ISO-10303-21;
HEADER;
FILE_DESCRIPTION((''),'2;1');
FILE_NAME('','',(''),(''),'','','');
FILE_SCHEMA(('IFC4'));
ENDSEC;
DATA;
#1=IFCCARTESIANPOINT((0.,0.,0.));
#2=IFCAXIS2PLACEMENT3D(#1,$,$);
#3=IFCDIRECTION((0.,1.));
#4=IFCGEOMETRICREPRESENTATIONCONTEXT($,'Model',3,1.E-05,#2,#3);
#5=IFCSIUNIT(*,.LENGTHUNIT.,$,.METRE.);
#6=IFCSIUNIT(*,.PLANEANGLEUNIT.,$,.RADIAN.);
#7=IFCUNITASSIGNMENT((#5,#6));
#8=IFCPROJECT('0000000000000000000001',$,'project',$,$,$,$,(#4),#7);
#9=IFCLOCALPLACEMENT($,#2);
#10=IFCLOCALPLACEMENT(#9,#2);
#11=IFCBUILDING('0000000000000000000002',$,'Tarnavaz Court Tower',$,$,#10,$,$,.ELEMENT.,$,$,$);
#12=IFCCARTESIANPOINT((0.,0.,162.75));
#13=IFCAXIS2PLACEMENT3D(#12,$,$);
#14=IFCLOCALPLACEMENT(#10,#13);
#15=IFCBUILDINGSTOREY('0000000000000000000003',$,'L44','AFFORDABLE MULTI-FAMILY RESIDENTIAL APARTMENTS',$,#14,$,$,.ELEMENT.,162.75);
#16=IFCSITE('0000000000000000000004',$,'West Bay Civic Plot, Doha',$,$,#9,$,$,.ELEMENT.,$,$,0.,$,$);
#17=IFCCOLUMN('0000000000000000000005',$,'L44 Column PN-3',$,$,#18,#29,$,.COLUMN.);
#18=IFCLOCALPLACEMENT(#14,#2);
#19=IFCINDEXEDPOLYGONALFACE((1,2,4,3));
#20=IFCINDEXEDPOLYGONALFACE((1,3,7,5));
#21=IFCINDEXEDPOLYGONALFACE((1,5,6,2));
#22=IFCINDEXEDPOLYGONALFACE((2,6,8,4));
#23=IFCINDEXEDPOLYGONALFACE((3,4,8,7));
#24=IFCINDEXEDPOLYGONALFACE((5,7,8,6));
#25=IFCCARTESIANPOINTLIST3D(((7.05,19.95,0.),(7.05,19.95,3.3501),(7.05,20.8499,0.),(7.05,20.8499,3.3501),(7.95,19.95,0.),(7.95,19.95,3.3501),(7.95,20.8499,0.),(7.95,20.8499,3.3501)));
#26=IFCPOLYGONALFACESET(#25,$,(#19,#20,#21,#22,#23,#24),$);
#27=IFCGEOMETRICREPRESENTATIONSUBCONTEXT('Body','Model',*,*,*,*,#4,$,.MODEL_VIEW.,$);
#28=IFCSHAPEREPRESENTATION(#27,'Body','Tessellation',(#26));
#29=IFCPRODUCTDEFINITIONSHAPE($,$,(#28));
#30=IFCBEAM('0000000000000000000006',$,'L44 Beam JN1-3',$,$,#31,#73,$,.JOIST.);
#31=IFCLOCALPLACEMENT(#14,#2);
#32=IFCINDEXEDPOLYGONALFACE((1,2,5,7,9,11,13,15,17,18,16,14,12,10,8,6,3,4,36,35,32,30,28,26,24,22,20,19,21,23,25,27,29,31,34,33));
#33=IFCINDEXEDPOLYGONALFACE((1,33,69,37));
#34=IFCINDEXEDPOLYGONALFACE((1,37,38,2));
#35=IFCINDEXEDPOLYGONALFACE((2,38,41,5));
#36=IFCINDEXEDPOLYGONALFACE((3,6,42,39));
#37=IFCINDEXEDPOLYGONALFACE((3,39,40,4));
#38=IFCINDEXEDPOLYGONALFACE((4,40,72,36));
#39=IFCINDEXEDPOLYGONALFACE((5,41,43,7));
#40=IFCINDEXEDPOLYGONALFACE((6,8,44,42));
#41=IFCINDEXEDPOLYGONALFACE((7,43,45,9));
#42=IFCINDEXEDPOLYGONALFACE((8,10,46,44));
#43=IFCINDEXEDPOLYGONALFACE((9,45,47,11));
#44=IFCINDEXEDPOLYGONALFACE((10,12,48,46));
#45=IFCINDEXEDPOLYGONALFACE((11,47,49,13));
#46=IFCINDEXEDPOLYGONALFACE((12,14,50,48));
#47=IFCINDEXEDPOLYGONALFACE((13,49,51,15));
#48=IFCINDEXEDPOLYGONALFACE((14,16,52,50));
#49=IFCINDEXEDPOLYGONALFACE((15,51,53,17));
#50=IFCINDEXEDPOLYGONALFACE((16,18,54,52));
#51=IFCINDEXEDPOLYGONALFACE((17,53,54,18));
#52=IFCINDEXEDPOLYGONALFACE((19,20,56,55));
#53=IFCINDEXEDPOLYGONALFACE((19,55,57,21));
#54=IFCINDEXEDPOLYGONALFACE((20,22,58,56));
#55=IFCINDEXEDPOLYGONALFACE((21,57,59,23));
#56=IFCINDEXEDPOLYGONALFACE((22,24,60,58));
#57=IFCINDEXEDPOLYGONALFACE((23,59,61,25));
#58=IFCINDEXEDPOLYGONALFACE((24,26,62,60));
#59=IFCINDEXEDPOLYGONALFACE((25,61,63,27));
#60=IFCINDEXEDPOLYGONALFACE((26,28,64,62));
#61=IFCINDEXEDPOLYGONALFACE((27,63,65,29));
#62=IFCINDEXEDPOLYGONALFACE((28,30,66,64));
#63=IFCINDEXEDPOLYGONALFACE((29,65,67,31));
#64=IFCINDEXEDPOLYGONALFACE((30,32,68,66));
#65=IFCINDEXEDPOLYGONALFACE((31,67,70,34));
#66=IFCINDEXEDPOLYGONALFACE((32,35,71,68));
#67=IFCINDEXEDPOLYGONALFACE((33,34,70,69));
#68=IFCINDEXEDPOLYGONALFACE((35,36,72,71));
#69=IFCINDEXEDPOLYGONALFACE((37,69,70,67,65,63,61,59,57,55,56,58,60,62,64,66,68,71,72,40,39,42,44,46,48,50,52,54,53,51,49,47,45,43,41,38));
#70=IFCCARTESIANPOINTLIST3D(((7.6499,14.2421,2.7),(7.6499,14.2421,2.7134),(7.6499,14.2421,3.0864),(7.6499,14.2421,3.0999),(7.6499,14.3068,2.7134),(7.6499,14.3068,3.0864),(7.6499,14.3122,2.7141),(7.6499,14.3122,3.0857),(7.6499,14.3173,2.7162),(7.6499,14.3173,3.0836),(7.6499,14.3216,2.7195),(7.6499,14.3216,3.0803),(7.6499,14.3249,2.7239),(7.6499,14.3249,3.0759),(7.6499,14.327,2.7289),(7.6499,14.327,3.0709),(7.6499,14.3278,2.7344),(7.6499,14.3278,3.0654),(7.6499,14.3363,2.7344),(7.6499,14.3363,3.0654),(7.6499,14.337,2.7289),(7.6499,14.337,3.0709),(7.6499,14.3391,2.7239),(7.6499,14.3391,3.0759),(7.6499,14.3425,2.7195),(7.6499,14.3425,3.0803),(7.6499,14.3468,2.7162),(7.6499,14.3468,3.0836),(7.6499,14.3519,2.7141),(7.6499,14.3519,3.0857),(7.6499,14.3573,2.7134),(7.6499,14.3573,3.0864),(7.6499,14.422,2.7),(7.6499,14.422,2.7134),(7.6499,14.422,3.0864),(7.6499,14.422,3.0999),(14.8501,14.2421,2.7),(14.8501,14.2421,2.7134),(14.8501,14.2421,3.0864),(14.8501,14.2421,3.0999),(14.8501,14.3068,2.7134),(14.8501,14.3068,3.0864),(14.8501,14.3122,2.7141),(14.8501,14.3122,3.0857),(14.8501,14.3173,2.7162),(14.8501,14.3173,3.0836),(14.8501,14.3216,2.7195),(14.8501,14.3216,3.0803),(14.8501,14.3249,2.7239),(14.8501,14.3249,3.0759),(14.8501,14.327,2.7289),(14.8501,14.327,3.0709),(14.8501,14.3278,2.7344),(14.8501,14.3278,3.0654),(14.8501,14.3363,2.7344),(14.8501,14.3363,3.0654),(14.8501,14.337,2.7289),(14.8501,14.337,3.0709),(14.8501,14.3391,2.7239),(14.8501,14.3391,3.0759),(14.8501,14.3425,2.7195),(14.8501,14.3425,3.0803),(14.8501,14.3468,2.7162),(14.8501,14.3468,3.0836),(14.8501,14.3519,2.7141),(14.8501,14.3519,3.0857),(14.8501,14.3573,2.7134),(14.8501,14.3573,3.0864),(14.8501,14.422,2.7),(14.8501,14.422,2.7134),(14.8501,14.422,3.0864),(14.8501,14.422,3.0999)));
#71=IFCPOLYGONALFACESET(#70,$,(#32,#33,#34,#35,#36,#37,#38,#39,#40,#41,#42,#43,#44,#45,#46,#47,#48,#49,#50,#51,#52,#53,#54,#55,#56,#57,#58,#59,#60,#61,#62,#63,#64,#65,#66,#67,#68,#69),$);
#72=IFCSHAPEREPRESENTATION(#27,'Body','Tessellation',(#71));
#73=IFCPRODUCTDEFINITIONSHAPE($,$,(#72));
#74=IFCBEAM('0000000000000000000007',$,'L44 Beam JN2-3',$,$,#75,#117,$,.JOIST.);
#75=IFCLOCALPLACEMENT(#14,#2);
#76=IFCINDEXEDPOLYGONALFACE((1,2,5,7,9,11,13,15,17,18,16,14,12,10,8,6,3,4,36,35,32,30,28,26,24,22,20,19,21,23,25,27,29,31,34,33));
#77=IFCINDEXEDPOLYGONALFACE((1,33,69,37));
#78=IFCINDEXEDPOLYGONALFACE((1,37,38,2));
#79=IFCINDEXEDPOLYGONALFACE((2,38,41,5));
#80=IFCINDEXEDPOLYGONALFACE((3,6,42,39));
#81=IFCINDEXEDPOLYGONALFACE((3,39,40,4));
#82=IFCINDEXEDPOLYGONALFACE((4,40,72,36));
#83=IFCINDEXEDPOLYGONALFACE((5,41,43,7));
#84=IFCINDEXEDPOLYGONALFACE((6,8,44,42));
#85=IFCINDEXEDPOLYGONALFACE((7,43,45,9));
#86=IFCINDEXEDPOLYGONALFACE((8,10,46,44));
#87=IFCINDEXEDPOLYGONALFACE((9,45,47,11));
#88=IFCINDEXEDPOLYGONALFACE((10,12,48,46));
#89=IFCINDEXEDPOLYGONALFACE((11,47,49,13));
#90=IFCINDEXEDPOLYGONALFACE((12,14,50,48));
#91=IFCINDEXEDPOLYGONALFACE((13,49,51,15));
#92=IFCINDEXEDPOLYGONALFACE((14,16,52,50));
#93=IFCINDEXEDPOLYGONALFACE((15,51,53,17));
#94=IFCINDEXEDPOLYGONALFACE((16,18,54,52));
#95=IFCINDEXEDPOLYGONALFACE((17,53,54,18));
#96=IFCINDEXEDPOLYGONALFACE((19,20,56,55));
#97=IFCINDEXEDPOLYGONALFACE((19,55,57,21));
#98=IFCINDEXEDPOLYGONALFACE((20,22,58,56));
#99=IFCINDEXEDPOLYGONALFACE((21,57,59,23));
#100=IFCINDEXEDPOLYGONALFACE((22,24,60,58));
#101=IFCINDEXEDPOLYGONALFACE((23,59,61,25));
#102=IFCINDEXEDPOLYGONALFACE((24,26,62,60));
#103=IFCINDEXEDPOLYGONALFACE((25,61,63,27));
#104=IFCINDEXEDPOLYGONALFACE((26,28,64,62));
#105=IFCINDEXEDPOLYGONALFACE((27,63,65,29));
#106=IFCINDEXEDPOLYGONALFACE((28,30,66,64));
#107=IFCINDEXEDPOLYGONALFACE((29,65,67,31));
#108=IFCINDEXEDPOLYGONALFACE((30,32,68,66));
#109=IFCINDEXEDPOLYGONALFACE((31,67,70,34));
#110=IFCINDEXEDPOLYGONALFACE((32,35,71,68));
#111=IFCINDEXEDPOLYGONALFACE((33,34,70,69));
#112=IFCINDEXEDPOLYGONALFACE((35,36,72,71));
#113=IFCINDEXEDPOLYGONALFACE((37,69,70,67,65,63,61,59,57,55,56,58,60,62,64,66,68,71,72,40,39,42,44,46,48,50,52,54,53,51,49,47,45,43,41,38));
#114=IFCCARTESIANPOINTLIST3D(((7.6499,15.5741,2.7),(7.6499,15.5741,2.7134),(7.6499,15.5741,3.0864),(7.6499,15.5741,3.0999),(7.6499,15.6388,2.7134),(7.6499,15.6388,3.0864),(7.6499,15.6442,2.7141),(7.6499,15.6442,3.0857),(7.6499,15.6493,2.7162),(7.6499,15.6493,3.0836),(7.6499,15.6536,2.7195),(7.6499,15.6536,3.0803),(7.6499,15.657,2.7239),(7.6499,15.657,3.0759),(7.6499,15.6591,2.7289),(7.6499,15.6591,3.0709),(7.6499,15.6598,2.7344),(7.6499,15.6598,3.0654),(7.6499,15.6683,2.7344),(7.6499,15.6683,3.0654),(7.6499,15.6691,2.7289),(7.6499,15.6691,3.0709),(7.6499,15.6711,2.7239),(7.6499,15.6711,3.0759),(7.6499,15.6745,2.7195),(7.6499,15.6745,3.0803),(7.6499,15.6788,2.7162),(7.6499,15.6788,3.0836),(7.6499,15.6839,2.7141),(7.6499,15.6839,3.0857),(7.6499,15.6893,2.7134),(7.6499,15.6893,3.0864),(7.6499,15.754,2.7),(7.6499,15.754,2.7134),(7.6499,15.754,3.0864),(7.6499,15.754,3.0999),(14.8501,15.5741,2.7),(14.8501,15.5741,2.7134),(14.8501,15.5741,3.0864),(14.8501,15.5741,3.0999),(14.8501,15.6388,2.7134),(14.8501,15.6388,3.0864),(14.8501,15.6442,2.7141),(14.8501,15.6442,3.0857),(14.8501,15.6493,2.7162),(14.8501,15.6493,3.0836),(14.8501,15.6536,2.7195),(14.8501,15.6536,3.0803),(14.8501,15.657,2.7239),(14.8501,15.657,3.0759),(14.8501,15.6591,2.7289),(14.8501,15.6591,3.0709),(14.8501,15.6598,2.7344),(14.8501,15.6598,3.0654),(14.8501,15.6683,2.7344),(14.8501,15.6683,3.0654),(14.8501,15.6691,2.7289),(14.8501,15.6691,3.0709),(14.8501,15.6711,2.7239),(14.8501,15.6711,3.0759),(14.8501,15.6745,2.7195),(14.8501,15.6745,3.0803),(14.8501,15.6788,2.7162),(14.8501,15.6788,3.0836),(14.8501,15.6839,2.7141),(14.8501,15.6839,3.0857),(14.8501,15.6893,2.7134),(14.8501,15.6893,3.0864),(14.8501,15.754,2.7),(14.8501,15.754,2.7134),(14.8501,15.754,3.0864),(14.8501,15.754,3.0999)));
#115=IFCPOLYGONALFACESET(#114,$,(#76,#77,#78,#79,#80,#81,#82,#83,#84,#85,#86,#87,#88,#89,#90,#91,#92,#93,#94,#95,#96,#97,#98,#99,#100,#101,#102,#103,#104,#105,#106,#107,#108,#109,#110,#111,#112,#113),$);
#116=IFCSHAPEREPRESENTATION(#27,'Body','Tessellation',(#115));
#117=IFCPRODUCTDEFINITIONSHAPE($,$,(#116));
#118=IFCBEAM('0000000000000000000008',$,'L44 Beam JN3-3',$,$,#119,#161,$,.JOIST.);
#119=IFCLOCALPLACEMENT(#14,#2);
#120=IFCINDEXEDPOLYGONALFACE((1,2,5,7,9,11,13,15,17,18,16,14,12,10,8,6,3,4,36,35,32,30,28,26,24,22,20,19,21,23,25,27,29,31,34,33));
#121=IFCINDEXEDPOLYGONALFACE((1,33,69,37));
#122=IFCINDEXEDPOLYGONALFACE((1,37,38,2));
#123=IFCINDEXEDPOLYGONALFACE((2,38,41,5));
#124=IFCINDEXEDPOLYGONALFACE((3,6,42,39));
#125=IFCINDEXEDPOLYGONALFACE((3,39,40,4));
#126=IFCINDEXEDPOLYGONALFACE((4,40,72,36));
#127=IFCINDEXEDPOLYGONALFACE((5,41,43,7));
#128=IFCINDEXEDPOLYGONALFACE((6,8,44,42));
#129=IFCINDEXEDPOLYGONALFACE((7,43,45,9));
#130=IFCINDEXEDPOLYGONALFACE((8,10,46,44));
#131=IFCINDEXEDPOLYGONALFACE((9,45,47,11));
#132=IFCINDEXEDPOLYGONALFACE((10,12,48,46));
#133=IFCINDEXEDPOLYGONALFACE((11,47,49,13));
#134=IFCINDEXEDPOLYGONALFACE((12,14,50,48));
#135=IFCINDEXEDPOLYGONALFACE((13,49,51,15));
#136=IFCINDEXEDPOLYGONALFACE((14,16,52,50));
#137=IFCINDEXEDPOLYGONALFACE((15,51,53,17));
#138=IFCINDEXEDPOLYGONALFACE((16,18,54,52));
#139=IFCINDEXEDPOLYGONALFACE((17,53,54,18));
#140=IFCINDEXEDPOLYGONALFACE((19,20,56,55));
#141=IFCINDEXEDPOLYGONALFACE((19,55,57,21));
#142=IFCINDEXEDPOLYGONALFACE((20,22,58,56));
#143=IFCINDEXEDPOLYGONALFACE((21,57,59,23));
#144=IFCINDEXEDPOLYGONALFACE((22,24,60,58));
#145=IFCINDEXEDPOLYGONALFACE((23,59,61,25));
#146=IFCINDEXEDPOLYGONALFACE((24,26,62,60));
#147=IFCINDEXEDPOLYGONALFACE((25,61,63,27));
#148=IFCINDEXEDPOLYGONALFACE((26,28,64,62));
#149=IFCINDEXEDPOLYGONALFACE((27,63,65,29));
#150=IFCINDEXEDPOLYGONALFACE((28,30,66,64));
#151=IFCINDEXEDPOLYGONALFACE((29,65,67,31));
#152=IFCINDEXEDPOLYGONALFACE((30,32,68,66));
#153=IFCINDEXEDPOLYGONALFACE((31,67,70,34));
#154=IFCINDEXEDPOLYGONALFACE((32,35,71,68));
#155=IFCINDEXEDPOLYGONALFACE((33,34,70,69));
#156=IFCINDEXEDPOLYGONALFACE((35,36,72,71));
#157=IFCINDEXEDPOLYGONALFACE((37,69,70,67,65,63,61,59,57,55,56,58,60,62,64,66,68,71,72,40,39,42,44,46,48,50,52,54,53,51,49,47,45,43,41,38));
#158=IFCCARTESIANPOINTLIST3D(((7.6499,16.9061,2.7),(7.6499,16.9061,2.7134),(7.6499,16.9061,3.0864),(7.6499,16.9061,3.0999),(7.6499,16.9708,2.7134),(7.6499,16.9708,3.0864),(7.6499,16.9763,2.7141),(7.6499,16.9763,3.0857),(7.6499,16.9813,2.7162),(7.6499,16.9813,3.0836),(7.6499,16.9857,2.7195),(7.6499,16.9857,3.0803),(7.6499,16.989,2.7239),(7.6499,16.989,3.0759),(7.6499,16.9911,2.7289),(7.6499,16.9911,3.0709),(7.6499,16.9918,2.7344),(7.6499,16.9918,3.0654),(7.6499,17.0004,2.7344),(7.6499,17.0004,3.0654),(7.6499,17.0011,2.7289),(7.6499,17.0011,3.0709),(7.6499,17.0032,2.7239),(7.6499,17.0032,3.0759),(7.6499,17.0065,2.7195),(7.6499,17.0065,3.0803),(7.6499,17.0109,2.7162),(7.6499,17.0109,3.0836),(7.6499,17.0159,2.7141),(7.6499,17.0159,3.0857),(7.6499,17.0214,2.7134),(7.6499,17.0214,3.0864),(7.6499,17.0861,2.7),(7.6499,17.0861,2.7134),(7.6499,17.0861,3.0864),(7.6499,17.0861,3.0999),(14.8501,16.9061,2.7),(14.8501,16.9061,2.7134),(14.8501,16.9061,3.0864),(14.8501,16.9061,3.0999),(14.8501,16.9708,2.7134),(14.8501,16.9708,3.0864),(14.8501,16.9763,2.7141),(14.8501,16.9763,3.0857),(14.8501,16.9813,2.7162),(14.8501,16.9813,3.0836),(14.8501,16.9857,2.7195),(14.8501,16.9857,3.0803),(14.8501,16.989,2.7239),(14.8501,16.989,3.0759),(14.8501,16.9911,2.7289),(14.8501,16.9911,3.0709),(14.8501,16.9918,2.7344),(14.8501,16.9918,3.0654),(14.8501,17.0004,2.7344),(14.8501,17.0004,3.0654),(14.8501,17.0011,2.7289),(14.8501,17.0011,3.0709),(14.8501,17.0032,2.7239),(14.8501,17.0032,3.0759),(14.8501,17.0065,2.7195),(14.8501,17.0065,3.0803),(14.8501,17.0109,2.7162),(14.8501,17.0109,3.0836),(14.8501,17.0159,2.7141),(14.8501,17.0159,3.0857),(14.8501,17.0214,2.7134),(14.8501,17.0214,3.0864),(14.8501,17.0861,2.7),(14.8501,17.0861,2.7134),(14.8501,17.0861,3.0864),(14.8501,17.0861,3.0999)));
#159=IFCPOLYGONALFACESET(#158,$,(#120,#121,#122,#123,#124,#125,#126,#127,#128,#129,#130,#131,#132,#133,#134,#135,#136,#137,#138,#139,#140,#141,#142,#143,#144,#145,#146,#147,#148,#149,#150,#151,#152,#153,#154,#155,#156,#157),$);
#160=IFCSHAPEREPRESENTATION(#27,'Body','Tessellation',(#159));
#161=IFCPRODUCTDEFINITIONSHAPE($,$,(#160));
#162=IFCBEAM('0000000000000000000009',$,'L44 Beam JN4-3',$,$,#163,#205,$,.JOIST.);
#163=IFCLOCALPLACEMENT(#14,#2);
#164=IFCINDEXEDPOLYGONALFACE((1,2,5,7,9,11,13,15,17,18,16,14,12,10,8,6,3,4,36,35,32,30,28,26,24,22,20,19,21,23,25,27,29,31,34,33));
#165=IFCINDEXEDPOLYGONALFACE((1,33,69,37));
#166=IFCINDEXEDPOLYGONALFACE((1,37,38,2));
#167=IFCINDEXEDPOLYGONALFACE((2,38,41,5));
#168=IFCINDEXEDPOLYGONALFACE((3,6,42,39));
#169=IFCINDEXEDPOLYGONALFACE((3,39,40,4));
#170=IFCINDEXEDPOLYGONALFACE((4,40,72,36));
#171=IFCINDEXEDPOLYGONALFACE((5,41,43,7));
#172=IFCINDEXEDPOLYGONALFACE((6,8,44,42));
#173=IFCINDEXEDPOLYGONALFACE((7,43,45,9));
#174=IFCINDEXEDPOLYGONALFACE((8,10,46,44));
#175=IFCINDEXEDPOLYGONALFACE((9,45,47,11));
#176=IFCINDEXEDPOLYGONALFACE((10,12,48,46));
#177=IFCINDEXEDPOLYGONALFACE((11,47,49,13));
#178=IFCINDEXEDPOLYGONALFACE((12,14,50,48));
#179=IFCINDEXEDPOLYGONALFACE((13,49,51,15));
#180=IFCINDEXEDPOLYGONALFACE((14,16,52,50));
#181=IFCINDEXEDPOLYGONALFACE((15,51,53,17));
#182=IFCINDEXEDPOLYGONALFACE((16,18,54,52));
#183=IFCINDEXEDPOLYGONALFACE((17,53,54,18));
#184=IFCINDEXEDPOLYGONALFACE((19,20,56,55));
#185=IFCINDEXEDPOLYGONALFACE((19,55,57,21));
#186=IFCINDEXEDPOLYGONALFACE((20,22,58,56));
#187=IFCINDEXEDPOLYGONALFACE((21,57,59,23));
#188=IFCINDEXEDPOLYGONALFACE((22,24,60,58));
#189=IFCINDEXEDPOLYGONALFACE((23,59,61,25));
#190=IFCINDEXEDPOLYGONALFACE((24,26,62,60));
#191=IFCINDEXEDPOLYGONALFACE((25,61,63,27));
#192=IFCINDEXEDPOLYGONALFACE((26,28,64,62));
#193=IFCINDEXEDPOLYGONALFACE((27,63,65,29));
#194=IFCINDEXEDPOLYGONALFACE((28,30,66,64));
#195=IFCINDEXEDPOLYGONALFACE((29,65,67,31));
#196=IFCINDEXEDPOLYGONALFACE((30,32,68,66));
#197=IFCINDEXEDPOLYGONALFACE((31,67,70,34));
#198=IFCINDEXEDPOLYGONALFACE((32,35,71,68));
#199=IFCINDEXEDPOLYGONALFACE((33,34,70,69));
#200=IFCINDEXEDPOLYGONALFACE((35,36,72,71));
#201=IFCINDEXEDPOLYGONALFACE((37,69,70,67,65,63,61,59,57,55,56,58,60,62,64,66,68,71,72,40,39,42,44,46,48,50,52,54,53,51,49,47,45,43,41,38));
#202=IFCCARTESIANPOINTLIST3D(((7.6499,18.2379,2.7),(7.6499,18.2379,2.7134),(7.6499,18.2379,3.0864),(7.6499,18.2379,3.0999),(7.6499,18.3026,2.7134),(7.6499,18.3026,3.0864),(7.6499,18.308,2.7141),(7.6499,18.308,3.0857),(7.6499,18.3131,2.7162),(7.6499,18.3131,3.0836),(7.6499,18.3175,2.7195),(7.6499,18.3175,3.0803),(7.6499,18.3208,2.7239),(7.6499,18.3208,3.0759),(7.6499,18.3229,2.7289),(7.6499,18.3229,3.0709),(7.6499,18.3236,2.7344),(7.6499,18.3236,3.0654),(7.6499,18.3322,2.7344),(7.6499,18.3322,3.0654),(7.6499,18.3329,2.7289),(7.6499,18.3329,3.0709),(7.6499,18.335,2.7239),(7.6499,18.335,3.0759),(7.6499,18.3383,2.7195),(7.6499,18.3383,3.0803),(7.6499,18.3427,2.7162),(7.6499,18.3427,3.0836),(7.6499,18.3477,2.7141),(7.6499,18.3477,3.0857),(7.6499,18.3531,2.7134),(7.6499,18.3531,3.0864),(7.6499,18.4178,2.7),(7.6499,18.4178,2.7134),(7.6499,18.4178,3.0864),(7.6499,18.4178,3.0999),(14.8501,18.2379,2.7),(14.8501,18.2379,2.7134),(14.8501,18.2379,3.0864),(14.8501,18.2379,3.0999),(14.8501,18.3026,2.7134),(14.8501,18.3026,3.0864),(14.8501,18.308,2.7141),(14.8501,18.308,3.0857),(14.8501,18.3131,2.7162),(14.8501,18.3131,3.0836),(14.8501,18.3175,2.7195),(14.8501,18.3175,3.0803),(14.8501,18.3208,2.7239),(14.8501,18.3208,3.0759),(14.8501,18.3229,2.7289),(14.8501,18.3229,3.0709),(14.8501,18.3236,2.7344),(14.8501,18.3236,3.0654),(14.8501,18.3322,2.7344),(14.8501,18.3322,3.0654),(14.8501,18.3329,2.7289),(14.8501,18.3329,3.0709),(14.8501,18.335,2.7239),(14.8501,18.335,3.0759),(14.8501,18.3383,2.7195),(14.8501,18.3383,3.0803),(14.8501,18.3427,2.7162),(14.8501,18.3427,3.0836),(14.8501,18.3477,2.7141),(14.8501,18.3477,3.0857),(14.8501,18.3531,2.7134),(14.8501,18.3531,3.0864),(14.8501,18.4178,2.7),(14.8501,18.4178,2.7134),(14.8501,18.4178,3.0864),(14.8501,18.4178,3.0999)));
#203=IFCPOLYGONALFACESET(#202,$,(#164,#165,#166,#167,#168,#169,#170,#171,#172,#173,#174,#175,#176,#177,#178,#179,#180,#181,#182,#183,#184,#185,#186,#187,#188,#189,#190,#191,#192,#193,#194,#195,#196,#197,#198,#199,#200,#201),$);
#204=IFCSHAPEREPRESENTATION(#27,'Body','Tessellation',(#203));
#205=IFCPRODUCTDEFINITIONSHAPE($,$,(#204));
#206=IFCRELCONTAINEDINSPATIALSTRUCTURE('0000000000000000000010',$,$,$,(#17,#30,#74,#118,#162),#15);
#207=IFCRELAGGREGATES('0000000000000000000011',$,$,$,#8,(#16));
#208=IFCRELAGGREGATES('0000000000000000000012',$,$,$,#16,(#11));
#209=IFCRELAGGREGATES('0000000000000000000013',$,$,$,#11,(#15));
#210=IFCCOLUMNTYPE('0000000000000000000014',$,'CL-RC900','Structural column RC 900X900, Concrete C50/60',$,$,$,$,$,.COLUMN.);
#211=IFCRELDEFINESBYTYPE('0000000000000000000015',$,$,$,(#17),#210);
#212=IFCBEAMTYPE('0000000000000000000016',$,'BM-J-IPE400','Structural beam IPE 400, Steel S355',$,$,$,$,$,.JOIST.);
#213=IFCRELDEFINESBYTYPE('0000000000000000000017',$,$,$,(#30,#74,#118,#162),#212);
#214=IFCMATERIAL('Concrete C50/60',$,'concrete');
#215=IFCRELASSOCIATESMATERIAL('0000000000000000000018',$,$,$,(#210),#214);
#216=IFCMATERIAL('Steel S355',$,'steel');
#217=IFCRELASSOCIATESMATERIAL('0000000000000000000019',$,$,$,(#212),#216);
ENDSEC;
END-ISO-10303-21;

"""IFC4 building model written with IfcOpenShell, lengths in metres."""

from ifc_helpers import new_model, si_unit, direction, frame, origin, origin_2d, place, context, subcontext, project, spatial, rectangle, i_section, extrude, material, material_profile, profile_set, type_object, element, save


model = new_model("IFC4")

# Units and contexts
model_context = context("Model", 3, precision=1e-05, world=origin(), true_north=direction((0.0, 1.0)))
body_context = subcontext(model_context, "Body", "Model", "MODEL_VIEW")
ifc_project = project(units=[si_unit("LENGTHUNIT", "METRE"), si_unit("PLANEANGLEUNIT", "RADIAN")], contexts=[model_context])

# Site, building, storey
site_placement = place(None, origin())
site = spatial("IfcSite", under=ifc_project, at=site_placement, Name="West Bay Civic Plot, Doha", CompositionType="ELEMENT", RefElevation=0.0)
building_placement = place(site_placement, origin())
building = spatial("IfcBuilding", under=site, at=building_placement, Name="Tarnavaz Court Tower", CompositionType="ELEMENT")
storey_placement = place(building_placement, frame((0.0, 0.0, 162.75)))
storey = spatial("IfcBuildingStorey", under=building, at=storey_placement, Name="L44", Description="AFFORDABLE MULTI-FAMILY RESIDENTIAL APARTMENTS", CompositionType="ELEMENT", Elevation=162.75)

# Column
ifc_material_1 = material(Name="Concrete C50/60", Category="concrete")
ifc_material_profile_1 = material_profile(ifc_material_1, rectangle(XDim=0.8999, YDim=0.8999, at=origin_2d()), Name="RC 900X900")
ifc_profile_set_1 = profile_set([ifc_material_profile_1], Name="Concrete C50/60")
column_type = type_object("IfcColumnType", Name="CL-RC900", Description="Structural column RC 900X900, Concrete C50/60", PredefinedType="COLUMN", material=ifc_profile_set_1)
column_placement = place(storey_placement, frame((7.5, 20.3999, 0.0), z_axis=(0.0, 0.0, 1.0), x_axis=(1.0, 0.0, 0.0)))
element("IfcColumn", 1, at=column_placement, inside=storey, type_object=column_type, Name="L44 Column PN-3", PredefinedType="COLUMN", context=body_context, shape_type="SweptSolid", body=[
    extrude(rectangle(XDim=0.8999, YDim=0.8999, at=origin_2d()), origin(), (0.0, 0.0, 1.0), 3.3501),
])

# Beams
ifc_material_2 = material(Name="Steel S355", Category="steel")
ifc_material_profile_2 = material_profile(ifc_material_2, i_section(OverallWidth=0.1799, OverallDepth=0.3999, WebThickness=0.0085, FlangeThickness=0.0134, FilletRadius=0.021, at=origin_2d()), Name="IPE 400")
ifc_profile_set_2 = profile_set([ifc_material_profile_2], Name="Steel S355")
beam_type_1 = type_object("IfcBeamType", Name="BM-J-IPE400", Description="Structural beam IPE 400, Steel S355", PredefinedType="JOIST", material=ifc_profile_set_2)
for number, where, z_axis, x_axis, name in (
    (2, (7.6499, 14.332, 2.8999), (1.0, 0.0, 0.0), (0.0, 1.0, 0.0), "L44 Beam JN1-3"),
    (3, (7.6499, 15.6641, 2.8999), (1.0, 0.0, 0.0), (0.0, 1.0, 0.0), "L44 Beam JN2-3"),
    (4, (7.6499, 16.9961, 2.8999), (1.0, 0.0, 0.0), (0.0, 1.0, 0.0), "L44 Beam JN3-3"),
    (5, (7.6499, 18.3279, 2.8999), (1.0, 0.0, 0.0), (0.0, 1.0, 0.0), "L44 Beam JN4-3"),
):
    element("IfcBeam", number, at=place(storey_placement, frame(where, z_axis=z_axis, x_axis=x_axis)), inside=storey, type_object=beam_type_1, Name=name, PredefinedType="JOIST", context=body_context, shape_type="SweptSolid", body=[
        extrude(i_section(OverallWidth=0.1799, OverallDepth=0.3999, WebThickness=0.0085, FlangeThickness=0.0134, FilletRadius=0.021, at=origin_2d()), origin(), (0.0, 0.0, 1.0), 7.2002),
    ])

save(model, "model.ifc")
